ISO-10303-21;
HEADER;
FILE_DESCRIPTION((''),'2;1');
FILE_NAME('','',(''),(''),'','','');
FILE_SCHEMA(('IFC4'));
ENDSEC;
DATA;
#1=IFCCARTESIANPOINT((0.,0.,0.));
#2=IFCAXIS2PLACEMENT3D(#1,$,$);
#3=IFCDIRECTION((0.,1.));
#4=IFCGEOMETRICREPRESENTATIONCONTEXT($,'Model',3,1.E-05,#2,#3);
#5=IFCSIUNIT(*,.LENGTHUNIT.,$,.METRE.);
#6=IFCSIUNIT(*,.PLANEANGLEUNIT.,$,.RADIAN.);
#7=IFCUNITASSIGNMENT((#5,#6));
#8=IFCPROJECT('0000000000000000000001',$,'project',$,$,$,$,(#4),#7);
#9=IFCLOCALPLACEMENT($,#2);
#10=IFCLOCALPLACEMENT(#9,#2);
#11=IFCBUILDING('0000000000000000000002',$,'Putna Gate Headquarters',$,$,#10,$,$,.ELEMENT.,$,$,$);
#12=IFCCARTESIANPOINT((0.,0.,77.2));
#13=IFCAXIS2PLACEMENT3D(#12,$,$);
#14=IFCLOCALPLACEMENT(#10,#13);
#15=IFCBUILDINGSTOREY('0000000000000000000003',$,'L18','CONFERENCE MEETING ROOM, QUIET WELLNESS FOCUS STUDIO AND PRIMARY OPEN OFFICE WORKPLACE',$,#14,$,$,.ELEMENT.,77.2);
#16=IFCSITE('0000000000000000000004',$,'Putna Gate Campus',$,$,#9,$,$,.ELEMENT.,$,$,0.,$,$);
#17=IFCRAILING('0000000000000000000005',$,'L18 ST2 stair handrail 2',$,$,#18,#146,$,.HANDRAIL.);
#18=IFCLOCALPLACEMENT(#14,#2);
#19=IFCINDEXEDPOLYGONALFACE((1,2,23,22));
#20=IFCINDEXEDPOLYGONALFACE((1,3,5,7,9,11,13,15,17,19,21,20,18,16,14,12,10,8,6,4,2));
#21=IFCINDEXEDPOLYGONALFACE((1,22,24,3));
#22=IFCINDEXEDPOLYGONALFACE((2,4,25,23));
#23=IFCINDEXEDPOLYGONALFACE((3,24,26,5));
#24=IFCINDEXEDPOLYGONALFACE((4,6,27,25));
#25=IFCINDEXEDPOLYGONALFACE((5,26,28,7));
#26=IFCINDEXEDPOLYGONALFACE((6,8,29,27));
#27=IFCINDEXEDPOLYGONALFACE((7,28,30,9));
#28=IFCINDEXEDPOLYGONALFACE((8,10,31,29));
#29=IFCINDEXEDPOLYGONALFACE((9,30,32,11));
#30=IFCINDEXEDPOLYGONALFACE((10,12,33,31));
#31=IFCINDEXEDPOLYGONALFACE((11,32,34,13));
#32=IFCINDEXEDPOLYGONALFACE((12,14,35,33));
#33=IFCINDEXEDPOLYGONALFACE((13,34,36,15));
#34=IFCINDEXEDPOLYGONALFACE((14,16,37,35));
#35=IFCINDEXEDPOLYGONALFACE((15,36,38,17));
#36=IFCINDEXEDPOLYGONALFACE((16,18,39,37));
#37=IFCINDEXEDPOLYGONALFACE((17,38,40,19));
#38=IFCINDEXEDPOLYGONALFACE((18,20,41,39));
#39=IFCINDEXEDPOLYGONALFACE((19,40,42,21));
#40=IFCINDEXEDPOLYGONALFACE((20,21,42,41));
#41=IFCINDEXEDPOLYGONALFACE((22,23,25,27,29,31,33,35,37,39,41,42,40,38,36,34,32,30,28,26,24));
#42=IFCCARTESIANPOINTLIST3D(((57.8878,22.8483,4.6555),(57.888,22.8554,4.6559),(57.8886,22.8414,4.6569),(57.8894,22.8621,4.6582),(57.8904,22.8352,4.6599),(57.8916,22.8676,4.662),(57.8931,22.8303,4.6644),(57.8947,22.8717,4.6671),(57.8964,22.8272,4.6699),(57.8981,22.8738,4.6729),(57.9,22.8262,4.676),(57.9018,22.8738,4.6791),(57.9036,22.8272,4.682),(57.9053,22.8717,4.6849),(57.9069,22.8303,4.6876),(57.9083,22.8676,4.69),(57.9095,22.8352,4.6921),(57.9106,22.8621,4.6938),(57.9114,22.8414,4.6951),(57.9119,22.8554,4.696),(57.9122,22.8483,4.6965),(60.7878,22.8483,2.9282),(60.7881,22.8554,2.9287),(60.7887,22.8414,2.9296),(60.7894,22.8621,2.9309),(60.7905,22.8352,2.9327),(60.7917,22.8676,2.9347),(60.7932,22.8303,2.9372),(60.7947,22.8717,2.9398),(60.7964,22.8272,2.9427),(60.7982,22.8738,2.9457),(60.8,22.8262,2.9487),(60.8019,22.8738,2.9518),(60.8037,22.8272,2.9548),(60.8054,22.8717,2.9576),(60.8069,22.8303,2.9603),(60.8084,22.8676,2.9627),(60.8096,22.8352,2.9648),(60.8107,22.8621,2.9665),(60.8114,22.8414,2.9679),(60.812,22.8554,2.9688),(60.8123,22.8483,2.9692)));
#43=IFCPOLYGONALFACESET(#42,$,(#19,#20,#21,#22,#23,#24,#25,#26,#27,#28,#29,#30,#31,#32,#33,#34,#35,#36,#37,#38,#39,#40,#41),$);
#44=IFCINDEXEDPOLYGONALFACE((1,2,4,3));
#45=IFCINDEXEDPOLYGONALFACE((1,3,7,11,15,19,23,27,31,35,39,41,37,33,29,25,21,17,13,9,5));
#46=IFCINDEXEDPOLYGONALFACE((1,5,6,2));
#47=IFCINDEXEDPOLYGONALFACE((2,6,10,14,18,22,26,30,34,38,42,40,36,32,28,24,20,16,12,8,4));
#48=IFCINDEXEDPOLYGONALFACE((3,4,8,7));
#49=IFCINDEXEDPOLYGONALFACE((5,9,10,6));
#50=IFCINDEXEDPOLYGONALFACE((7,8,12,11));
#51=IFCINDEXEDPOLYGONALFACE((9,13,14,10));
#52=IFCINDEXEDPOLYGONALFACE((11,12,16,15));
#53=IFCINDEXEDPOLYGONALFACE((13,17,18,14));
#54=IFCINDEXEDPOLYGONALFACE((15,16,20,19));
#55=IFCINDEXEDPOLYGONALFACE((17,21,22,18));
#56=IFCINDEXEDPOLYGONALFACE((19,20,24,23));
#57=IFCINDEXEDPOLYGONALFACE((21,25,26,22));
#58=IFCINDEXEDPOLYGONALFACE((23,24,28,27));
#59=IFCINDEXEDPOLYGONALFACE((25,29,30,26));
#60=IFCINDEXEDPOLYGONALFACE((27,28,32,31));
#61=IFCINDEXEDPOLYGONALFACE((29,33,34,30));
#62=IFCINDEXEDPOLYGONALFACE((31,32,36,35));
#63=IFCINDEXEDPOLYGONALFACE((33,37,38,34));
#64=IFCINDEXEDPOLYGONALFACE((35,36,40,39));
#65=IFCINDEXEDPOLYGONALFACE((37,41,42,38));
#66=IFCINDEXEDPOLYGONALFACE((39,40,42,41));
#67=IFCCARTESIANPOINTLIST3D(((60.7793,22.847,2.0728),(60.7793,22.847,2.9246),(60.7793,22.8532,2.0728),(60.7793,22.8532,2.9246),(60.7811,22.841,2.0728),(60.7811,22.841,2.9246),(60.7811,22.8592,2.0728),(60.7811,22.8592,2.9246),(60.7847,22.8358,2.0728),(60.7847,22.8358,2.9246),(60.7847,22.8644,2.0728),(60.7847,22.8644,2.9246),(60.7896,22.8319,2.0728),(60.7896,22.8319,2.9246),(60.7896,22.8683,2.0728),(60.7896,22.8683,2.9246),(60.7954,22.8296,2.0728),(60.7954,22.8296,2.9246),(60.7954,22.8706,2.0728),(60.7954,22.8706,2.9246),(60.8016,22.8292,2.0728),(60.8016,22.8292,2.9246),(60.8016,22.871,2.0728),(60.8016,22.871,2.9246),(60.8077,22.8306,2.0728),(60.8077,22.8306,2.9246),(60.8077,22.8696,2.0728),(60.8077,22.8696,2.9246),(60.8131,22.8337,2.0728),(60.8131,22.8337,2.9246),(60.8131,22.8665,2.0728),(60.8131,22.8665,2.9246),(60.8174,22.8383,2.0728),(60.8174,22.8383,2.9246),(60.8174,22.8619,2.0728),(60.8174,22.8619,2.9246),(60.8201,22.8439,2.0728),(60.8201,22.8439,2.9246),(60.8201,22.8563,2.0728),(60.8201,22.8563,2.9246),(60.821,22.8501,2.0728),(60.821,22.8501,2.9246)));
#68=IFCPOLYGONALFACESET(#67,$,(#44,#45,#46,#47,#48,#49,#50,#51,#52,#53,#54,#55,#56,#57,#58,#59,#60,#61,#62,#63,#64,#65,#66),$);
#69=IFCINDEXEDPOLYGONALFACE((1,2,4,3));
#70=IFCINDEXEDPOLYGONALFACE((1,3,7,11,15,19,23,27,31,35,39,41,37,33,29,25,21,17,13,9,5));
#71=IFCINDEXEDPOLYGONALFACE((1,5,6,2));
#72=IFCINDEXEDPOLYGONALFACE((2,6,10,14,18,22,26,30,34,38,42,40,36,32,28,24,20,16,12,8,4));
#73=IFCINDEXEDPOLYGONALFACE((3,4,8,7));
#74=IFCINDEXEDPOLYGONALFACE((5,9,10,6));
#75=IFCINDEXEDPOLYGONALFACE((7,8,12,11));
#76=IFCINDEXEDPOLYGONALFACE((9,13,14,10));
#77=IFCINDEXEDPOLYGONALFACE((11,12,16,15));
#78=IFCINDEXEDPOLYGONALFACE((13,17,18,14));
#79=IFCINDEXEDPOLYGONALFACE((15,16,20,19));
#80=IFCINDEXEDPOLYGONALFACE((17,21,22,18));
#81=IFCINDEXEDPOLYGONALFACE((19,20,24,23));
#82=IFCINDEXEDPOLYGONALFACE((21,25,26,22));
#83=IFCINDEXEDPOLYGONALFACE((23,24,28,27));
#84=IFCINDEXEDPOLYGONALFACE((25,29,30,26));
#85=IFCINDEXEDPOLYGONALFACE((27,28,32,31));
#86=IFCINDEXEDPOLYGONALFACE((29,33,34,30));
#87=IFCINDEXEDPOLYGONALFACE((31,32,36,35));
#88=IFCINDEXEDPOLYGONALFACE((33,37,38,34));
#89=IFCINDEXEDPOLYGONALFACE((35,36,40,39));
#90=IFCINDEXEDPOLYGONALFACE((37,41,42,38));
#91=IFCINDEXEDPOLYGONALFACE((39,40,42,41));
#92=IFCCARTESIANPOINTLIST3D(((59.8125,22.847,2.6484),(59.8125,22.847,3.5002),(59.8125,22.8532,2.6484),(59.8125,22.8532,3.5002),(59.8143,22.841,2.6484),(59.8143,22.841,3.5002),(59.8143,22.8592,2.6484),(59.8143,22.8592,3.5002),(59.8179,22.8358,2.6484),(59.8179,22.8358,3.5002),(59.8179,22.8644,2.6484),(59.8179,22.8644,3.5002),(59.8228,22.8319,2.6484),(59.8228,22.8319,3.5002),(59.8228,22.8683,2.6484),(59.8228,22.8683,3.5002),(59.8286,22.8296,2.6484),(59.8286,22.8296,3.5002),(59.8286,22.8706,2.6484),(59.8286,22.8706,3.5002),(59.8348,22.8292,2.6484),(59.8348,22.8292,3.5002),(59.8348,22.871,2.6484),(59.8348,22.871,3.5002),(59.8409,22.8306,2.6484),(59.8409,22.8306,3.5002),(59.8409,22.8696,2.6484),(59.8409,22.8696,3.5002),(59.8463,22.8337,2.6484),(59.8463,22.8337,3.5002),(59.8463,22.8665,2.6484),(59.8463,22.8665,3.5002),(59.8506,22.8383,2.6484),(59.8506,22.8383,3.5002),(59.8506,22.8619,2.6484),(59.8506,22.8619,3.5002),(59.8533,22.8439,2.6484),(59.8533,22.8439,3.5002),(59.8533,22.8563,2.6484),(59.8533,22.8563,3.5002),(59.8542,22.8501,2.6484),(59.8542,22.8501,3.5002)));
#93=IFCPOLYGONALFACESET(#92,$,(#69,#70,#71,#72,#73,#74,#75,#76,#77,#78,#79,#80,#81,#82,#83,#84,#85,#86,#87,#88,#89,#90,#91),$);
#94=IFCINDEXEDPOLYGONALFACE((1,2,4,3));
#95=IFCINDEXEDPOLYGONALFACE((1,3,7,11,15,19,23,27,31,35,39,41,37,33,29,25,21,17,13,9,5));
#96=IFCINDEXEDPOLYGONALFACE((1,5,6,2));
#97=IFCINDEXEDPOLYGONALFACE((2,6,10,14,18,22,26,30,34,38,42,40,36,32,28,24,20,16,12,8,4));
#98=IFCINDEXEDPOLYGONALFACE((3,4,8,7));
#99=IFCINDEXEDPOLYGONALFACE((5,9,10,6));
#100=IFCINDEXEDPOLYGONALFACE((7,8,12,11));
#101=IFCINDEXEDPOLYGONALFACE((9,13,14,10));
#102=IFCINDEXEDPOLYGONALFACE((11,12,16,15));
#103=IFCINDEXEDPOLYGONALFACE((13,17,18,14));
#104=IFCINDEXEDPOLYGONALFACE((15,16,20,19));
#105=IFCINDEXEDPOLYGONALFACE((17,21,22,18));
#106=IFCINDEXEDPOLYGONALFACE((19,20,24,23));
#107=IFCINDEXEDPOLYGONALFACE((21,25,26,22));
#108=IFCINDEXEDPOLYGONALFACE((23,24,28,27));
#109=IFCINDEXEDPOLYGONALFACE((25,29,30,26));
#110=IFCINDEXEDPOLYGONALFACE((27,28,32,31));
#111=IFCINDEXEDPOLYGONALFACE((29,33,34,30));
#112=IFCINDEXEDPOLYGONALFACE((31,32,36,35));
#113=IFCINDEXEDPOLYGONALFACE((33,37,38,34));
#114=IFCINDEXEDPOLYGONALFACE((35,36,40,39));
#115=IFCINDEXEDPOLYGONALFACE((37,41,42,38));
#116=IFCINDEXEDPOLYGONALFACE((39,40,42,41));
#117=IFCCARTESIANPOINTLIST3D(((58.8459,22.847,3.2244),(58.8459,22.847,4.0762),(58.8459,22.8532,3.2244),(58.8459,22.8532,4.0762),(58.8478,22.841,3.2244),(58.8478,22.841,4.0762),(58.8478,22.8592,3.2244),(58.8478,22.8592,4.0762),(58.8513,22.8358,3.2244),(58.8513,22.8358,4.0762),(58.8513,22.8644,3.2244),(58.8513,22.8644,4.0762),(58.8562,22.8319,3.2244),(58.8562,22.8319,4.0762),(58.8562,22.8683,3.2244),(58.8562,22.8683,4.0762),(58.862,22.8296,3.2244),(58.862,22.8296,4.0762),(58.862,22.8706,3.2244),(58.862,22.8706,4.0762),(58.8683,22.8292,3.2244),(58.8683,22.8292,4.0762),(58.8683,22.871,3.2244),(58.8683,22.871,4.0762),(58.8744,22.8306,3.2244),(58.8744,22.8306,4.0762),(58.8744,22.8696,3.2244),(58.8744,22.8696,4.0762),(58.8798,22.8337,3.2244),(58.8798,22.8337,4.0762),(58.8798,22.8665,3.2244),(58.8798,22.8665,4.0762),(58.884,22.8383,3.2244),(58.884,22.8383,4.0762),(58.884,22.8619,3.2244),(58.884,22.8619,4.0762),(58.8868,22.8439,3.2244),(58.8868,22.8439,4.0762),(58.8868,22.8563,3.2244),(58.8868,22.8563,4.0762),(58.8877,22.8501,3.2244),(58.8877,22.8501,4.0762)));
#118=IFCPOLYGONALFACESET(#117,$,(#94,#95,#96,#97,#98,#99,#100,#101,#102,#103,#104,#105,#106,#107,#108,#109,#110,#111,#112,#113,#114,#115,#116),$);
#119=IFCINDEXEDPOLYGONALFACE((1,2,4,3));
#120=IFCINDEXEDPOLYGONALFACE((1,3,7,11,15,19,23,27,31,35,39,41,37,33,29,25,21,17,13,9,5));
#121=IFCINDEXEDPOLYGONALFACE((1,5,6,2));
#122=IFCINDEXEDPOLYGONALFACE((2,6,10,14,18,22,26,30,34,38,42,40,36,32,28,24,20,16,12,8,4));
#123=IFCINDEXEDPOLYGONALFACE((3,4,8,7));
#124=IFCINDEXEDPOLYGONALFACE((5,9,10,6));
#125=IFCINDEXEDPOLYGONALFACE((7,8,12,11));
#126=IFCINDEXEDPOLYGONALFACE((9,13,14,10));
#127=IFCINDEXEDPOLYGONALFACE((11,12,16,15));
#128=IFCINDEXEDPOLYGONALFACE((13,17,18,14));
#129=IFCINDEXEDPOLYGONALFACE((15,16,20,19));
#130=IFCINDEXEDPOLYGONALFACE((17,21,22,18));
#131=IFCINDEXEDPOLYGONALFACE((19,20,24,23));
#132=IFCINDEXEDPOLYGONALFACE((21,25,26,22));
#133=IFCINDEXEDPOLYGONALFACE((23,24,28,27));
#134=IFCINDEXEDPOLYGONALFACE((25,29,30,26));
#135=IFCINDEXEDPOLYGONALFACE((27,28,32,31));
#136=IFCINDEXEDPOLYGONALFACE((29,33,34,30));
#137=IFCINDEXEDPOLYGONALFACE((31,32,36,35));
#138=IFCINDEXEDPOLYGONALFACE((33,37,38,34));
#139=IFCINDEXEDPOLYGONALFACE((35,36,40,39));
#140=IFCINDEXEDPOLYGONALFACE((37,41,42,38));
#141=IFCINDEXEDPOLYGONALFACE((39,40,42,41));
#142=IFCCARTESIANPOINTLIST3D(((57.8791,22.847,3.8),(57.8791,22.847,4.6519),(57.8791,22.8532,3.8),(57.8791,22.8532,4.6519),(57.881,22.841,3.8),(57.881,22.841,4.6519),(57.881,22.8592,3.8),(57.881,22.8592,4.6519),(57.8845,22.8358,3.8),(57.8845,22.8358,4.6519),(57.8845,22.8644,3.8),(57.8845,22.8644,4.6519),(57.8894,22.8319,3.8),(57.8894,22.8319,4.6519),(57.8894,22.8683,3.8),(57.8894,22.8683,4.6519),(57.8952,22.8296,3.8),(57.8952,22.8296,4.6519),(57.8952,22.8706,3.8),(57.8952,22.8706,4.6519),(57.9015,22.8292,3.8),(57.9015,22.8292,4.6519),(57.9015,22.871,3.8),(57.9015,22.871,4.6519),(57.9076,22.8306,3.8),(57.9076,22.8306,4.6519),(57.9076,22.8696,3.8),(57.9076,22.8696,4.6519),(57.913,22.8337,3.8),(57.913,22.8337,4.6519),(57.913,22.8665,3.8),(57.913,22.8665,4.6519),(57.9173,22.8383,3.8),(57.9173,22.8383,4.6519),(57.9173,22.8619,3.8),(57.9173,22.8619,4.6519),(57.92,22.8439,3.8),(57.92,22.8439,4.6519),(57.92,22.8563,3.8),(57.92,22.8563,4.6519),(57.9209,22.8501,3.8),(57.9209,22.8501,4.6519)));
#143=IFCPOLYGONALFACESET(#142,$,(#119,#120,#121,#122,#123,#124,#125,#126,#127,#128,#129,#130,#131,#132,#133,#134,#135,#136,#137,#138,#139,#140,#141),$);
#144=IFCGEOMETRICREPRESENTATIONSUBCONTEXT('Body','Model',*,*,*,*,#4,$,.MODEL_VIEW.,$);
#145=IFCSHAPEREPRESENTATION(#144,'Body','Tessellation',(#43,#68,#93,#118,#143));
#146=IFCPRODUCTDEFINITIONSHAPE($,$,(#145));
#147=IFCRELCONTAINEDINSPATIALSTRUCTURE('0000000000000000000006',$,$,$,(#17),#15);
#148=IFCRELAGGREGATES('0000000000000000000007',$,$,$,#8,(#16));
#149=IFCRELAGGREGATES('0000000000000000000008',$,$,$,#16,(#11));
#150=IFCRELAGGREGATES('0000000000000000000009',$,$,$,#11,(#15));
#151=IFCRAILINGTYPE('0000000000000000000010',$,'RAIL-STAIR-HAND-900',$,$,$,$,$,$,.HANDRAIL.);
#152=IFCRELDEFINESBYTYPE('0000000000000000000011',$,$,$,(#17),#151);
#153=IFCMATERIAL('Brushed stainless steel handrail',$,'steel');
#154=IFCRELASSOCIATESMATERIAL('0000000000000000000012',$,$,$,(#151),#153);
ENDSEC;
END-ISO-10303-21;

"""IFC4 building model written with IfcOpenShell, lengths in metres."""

from ifc_helpers import new_model, si_unit, direction, frame, origin, origin_2d, place, context, subcontext, project, spatial, circle, extrude, material, type_object, element, save


model = new_model("IFC4")

# Units and contexts
model_context = context("Model", 3, precision=1e-05, world=origin(), true_north=direction((0.0, 1.0)))
body_context = subcontext(model_context, "Body", "Model", "MODEL_VIEW")
ifc_project = project(units=[si_unit("LENGTHUNIT", "METRE"), si_unit("PLANEANGLEUNIT", "RADIAN")], contexts=[model_context])

# Site, building, storey
site_placement = place(None, origin())
site = spatial("IfcSite", under=ifc_project, at=site_placement, Name="Putna Gate Campus", CompositionType="ELEMENT", RefElevation=0.0)
building_placement = place(site_placement, origin())
building = spatial("IfcBuilding", under=site, at=building_placement, Name="Putna Gate Headquarters", CompositionType="ELEMENT")
storey_placement = place(building_placement, frame((0.0, 0.0, 77.2)))
storey = spatial("IfcBuildingStorey", under=building, at=storey_placement, Name="L18", Description="CONFERENCE MEETING ROOM, QUIET WELLNESS FOCUS STUDIO AND PRIMARY OPEN OFFICE WORKPLACE", CompositionType="ELEMENT", Elevation=77.2)

# Railing
ifc_material_1 = material(Name="Brushed stainless steel handrail", Category="steel")
railing_type_1 = type_object("IfcRailingType", Name="RAIL-STAIR-HAND-900", PredefinedType="HANDRAIL", material=ifc_material_1)
railing_1_placement = place(storey_placement, frame((60.8, 22.8501, 2.0728)))
element("IfcRailing", 1, at=railing_1_placement, inside=storey, type_object=railing_type_1, Name="L18 ST2 stair handrail 2", PredefinedType="HANDRAIL", context=body_context, shape_type="SweptSolid", body=[
    extrude(circle(Radius=0.0239, at=origin_2d()), frame((0.0, 0.0, 0.876), z_axis=(-0.85916, 0.0, 0.511706), x_axis=(0.0, -1.0, 0.0)), (0.0, 0.0, 1.0), 3.3755),
    extrude(circle(Radius=0.021, at=origin_2d()), origin(), (0.0, 0.0, 1.0), 0.8518),
    extrude(circle(Radius=0.021, at=origin_2d()), frame((-0.9668, 0.0, 0.5757)), (0.0, 0.0, 1.0), 0.8518),
    extrude(circle(Radius=0.021, at=origin_2d()), frame((-1.9333, 0.0, 1.1516)), (0.0, 0.0, 1.0), 0.8518),
    extrude(circle(Radius=0.021, at=origin_2d()), frame((-2.9001, 0.0, 1.7273)), (0.0, 0.0, 1.0), 0.8518),
])

save(model, "model.ifc")
